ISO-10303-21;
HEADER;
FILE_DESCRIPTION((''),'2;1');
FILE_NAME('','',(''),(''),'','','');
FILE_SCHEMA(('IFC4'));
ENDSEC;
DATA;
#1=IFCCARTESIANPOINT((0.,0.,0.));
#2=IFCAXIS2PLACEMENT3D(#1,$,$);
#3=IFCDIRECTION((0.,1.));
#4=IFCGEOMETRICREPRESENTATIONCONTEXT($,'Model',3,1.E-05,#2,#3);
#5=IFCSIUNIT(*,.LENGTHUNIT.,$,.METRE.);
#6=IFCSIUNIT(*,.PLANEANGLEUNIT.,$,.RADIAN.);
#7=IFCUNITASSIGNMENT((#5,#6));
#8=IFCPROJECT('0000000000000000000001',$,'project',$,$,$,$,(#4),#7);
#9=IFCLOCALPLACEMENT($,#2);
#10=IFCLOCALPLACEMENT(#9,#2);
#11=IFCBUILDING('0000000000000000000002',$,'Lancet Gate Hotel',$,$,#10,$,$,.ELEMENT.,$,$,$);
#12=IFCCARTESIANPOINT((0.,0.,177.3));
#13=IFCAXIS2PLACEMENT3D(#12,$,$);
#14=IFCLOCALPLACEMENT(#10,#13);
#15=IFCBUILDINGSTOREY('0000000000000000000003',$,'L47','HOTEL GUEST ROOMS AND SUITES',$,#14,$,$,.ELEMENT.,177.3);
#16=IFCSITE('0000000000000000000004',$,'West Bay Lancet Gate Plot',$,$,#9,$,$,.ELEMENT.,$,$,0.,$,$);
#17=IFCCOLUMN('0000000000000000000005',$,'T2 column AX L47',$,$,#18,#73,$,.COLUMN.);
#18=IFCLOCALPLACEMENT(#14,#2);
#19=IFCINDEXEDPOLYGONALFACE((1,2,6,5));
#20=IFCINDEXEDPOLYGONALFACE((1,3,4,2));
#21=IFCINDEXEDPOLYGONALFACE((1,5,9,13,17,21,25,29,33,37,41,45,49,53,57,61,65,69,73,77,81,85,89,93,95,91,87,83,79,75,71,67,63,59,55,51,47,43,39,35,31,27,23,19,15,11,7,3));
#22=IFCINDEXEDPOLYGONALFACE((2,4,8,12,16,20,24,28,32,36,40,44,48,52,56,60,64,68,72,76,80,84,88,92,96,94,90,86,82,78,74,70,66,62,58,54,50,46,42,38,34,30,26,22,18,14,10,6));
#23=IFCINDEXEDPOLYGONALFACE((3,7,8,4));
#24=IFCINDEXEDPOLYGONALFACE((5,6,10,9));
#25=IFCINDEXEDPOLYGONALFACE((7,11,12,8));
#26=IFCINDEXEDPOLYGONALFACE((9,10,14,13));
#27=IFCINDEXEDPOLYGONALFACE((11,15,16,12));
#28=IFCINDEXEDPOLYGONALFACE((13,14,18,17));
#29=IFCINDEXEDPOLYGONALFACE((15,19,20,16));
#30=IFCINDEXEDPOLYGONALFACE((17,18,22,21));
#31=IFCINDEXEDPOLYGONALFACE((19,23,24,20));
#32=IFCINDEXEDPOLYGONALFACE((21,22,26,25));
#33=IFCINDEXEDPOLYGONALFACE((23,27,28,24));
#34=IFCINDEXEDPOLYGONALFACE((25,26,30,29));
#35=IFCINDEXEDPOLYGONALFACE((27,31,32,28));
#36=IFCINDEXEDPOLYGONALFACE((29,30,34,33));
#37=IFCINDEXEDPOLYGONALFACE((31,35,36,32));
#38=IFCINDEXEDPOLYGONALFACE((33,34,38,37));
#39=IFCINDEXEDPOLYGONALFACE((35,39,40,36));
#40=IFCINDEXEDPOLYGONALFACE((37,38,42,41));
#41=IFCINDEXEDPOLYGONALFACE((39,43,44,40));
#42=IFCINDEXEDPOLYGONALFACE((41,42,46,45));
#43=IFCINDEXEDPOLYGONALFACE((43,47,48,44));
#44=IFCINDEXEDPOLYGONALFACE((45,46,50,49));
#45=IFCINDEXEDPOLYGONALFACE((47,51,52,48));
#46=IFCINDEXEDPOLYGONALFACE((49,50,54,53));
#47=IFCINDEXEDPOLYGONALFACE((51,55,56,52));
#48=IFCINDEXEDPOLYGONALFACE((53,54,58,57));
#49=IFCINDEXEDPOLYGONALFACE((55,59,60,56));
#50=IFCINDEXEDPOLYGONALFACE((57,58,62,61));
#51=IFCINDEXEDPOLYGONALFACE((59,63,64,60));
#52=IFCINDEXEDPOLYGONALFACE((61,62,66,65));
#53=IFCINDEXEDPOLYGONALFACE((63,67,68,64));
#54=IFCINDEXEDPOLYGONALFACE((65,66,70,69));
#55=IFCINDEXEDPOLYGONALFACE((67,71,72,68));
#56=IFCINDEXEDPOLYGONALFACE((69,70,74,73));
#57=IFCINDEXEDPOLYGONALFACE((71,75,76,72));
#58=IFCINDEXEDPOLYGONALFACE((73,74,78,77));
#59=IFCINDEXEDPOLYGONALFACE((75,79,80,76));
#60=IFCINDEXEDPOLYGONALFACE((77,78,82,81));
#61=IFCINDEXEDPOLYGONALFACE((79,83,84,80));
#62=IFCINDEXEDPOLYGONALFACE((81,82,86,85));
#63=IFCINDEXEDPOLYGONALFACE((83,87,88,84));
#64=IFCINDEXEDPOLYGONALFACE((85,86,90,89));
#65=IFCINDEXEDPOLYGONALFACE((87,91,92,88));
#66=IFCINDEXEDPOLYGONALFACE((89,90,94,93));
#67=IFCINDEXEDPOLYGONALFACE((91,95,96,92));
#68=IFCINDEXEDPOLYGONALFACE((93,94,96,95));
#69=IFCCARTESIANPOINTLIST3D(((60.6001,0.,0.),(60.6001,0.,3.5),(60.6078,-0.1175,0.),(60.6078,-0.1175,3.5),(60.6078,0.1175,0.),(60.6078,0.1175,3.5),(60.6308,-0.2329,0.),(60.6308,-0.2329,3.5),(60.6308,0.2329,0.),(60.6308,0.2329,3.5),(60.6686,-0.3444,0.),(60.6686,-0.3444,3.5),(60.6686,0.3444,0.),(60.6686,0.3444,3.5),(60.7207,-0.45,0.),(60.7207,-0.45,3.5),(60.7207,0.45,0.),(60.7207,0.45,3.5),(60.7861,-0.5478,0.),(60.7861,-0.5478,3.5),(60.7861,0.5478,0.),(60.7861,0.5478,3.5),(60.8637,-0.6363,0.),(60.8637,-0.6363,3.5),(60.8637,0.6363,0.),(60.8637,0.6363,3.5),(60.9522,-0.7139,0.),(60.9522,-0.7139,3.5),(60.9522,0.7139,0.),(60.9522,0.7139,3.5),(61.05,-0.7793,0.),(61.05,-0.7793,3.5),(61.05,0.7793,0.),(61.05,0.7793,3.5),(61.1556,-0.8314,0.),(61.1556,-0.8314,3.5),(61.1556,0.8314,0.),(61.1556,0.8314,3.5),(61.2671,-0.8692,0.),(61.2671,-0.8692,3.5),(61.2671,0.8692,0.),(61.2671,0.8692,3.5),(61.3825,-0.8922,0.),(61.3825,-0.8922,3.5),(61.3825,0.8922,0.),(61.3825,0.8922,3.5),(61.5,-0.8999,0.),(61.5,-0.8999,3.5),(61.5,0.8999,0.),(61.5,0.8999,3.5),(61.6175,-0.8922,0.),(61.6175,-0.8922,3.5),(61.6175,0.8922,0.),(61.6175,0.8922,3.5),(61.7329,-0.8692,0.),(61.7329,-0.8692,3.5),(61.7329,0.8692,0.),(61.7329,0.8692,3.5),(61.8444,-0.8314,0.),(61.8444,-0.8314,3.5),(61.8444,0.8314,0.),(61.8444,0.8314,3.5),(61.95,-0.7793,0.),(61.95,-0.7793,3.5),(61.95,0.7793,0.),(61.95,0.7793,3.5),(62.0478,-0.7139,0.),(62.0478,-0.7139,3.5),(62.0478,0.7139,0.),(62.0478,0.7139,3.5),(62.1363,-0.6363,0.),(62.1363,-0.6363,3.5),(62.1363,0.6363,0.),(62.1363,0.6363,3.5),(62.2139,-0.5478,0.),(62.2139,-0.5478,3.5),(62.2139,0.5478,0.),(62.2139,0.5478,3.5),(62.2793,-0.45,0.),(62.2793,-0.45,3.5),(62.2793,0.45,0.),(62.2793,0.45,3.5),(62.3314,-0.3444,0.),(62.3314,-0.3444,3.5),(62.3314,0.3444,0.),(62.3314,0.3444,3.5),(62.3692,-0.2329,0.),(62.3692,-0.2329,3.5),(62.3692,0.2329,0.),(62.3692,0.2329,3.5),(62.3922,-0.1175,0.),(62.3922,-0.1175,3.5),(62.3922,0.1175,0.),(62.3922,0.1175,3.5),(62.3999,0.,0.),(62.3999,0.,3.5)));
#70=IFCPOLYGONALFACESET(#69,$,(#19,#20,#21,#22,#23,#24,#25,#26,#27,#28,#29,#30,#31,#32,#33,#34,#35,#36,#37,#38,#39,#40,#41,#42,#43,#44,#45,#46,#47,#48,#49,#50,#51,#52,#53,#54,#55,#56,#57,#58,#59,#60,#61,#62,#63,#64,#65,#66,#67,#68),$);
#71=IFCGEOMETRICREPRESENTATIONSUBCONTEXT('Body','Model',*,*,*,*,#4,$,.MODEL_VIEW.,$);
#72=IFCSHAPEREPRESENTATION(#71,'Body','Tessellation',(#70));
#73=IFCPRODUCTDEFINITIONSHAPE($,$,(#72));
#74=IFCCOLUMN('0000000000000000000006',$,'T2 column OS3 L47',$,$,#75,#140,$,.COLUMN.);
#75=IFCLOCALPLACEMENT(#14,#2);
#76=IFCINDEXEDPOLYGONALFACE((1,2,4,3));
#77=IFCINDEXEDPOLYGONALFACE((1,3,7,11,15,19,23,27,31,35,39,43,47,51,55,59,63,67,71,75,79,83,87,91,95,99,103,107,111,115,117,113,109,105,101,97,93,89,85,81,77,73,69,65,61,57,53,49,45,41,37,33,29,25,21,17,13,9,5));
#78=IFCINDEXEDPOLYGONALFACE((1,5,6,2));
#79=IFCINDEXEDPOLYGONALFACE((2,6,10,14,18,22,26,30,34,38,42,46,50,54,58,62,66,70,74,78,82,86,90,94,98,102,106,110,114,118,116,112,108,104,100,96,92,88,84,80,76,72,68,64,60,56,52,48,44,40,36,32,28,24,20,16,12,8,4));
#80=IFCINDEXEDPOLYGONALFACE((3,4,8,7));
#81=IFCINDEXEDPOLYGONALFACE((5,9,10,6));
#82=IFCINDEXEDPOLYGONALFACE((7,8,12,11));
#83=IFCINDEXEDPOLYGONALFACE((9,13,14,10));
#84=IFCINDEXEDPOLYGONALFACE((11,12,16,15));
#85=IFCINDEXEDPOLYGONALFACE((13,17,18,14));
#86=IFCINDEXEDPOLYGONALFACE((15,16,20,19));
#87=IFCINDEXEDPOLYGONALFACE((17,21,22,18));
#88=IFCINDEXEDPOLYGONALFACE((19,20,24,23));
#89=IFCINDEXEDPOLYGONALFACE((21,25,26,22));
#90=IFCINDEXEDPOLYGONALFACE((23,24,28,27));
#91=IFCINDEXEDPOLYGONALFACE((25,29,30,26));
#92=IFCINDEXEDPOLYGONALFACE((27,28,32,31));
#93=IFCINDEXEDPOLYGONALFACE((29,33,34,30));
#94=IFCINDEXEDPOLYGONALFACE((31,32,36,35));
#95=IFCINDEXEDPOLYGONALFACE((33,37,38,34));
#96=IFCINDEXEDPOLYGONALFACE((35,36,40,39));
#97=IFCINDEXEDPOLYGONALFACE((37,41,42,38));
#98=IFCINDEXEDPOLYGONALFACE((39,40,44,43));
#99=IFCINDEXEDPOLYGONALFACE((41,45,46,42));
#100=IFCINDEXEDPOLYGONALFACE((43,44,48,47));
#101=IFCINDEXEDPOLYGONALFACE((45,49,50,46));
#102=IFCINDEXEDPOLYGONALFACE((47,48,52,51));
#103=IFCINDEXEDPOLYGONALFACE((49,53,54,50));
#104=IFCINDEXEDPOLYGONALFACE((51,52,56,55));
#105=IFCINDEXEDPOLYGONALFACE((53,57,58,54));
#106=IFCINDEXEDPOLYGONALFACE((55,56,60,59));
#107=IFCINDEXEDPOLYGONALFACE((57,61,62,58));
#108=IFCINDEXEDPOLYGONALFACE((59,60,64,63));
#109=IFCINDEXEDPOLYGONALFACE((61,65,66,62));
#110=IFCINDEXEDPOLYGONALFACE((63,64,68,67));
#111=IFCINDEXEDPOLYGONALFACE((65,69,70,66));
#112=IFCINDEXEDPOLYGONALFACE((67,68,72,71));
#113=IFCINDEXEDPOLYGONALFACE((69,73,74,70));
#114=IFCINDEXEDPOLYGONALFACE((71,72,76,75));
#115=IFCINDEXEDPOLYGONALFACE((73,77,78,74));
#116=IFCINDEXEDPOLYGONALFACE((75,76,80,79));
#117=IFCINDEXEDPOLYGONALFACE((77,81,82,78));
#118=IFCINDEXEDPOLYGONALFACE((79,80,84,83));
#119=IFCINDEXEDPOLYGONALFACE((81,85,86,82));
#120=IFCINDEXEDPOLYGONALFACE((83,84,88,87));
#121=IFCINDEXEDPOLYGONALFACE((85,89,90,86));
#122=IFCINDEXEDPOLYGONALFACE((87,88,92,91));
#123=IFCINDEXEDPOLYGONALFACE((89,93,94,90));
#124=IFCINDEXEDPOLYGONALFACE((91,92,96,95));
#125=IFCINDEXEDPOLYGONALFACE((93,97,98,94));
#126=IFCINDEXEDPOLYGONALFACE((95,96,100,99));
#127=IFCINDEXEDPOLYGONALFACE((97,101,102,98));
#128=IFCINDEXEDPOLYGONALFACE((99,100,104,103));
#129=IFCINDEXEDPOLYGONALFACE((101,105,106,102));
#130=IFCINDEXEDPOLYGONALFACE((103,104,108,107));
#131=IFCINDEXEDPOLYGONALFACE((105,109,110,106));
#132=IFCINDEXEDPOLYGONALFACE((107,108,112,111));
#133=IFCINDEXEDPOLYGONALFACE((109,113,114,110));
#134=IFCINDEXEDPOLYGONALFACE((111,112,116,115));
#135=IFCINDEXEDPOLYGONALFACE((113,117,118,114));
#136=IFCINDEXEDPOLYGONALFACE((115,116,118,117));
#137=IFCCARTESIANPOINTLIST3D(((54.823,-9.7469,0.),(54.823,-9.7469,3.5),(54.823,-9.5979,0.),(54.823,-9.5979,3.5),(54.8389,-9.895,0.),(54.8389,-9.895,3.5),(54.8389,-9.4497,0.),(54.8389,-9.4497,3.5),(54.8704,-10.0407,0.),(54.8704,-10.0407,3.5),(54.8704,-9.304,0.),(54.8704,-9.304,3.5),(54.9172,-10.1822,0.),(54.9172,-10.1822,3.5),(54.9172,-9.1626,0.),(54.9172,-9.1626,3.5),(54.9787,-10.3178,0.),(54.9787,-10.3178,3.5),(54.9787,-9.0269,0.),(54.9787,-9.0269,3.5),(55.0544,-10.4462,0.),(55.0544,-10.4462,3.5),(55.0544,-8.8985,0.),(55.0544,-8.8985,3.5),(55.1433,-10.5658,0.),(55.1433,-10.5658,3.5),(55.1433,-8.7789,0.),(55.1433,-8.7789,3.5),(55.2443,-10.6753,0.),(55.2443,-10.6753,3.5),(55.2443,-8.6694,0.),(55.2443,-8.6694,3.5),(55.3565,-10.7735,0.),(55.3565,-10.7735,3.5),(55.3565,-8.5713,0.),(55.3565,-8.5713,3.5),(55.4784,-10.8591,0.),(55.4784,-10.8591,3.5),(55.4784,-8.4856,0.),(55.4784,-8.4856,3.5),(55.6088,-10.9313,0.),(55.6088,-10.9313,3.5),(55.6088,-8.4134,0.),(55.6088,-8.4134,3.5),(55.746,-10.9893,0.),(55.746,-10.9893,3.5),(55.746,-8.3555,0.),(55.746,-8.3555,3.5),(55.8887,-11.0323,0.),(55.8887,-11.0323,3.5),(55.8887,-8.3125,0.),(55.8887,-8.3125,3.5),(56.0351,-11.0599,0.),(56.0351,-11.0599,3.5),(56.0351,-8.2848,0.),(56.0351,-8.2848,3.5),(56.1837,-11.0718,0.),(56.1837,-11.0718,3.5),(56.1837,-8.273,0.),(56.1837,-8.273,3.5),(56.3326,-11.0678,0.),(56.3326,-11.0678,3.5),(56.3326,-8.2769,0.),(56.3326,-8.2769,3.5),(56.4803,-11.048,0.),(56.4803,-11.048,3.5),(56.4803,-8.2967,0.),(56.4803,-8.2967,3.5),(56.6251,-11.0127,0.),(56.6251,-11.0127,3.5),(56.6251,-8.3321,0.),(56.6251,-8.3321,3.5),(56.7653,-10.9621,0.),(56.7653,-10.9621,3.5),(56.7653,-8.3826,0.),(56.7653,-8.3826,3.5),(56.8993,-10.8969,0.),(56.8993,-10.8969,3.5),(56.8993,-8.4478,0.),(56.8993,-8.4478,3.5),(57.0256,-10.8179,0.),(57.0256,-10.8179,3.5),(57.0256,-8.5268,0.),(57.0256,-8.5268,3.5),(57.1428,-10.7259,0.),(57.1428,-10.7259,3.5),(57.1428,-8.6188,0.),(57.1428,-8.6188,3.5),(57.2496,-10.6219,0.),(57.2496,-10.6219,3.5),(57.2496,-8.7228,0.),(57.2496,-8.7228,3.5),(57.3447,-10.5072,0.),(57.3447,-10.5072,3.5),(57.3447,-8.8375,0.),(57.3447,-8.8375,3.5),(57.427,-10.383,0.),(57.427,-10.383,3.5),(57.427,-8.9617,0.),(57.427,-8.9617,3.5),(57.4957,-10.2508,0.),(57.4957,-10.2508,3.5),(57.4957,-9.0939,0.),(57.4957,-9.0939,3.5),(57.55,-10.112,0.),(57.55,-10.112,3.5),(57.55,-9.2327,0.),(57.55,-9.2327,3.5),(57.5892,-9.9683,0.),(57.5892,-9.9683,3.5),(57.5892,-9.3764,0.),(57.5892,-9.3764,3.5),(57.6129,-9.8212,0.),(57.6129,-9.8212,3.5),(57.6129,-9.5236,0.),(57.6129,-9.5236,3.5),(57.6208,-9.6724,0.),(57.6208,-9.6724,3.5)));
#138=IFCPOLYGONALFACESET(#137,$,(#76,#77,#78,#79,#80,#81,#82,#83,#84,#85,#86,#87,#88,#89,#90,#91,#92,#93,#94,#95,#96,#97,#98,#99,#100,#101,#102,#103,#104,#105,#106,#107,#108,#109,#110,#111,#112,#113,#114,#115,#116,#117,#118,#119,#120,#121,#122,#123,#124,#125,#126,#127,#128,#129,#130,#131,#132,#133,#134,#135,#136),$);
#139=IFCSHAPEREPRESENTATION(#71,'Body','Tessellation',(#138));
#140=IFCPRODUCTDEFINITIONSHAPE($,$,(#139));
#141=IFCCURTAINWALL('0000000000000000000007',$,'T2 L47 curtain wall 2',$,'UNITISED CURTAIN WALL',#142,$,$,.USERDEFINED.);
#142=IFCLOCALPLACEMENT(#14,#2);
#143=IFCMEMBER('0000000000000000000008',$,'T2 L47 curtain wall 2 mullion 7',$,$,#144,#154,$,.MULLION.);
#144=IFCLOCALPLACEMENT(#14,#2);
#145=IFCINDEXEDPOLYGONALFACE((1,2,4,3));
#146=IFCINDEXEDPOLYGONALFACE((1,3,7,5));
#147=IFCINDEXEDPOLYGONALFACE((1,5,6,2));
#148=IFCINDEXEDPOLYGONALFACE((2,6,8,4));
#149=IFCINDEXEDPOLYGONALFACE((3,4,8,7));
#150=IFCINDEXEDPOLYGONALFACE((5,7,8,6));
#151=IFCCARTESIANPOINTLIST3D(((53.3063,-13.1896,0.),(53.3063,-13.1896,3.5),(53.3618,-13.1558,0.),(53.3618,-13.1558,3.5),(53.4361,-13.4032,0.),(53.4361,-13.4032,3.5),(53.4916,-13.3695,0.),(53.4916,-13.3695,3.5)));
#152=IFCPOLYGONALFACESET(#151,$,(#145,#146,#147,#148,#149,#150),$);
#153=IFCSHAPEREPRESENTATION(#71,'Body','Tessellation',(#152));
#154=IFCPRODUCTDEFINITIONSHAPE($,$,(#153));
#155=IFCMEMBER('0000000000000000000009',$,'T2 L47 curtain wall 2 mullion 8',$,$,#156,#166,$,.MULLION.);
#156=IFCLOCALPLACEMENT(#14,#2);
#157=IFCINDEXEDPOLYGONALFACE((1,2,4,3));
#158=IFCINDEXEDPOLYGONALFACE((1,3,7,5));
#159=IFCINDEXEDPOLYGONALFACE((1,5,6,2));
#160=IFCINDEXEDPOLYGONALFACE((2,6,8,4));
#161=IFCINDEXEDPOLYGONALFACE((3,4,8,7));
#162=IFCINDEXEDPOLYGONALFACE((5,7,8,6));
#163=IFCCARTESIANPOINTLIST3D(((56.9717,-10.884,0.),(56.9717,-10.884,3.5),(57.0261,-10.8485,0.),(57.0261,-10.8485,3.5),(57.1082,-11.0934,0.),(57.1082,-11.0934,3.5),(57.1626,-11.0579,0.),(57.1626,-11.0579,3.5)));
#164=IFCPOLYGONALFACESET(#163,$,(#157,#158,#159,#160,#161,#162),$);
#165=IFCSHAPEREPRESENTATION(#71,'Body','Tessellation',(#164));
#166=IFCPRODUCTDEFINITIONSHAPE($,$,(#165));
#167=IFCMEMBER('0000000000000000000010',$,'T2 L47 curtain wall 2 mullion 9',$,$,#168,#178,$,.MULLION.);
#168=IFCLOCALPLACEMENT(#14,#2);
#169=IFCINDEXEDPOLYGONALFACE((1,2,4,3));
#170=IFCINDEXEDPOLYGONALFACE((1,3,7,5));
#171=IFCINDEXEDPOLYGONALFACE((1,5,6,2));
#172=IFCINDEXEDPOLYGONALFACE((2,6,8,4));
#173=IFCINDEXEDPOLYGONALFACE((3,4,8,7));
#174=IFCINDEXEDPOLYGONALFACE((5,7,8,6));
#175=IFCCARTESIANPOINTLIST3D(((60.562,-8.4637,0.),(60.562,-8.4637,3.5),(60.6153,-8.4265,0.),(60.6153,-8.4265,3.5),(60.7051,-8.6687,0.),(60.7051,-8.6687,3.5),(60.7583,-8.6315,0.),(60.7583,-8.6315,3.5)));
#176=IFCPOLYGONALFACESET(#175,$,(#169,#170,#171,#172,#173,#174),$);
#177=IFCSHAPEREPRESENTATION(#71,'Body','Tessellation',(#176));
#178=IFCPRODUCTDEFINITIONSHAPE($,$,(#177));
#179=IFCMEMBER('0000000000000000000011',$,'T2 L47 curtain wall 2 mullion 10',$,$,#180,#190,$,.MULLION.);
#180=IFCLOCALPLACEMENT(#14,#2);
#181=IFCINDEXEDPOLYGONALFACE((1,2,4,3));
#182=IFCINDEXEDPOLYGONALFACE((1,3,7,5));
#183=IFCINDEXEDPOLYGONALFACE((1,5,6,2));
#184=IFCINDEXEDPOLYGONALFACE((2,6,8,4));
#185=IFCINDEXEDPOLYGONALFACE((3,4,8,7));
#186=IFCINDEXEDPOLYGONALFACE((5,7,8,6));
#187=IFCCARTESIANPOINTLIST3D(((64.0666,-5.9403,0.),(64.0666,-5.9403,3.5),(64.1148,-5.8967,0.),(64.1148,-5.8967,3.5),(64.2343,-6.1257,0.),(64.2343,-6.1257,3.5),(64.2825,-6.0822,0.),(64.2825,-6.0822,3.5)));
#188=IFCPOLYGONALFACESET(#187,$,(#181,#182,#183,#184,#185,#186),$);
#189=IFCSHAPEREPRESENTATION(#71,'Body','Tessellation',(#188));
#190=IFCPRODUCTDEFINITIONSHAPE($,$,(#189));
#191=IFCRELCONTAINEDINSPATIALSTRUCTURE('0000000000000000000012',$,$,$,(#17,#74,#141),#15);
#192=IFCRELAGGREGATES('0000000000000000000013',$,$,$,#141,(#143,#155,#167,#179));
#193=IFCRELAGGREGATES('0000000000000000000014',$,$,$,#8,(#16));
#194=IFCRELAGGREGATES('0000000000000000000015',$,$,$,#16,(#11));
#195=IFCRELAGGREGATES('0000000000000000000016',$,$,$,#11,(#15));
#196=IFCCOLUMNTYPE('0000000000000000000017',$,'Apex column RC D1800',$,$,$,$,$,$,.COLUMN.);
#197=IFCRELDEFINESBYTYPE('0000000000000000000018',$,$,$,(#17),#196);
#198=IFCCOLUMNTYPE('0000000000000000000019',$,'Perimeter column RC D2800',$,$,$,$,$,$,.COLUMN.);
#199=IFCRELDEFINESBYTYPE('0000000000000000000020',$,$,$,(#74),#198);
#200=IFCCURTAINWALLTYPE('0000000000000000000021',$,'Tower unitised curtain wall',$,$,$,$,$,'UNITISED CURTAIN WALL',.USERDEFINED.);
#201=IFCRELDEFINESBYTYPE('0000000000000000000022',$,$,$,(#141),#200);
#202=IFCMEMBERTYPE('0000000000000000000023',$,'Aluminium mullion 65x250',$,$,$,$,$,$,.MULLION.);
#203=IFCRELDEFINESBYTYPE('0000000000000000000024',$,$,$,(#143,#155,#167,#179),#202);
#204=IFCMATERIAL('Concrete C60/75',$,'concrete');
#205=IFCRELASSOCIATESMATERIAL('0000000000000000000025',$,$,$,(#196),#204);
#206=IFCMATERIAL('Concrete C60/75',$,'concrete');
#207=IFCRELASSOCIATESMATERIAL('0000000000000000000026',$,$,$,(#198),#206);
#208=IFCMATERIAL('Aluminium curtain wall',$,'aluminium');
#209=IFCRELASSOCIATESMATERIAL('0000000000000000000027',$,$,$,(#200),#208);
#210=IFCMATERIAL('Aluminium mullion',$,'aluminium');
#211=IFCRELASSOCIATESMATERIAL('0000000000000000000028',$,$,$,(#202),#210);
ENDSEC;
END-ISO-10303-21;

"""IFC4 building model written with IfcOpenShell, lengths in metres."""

from ifc_helpers import new_model, si_unit, direction, frame, origin, origin_2d, place, context, subcontext, project, spatial, rectangle, circle, extrude, material, material_profile, profile_set, type_object, element, aggregate, save


model = new_model("IFC4")

# Units and contexts
model_context = context("Model", 3, precision=1e-05, world=origin(), true_north=direction((0.0, 1.0)))
body_context = subcontext(model_context, "Body", "Model", "MODEL_VIEW")
ifc_project = project(units=[si_unit("LENGTHUNIT", "METRE"), si_unit("PLANEANGLEUNIT", "RADIAN")], contexts=[model_context])

# Site, building, storey
site_placement = place(None, origin())
site = spatial("IfcSite", under=ifc_project, at=site_placement, Name="West Bay Lancet Gate Plot", CompositionType="ELEMENT", RefElevation=0.0)
building_placement = place(site_placement, origin())
building = spatial("IfcBuilding", under=site, at=building_placement, Name="Lancet Gate Hotel", CompositionType="ELEMENT")
storey_placement = place(building_placement, frame((0.0, 0.0, 177.3)))
storey = spatial("IfcBuildingStorey", under=building, at=storey_placement, Name="L47", Description="HOTEL GUEST ROOMS AND SUITES", CompositionType="ELEMENT", Elevation=177.3)

# Columns
ifc_material_1 = material(Name="Concrete C60/75", Category="concrete")
ifc_material_profile_1 = material_profile(ifc_material_1, circle(Radius=0.8999, at=origin_2d()), Name="RC D1800")
ifc_profile_set_1 = profile_set([ifc_material_profile_1], Name="Concrete C60/75")
column_type_1 = type_object("IfcColumnType", Name="Apex column RC D1800", PredefinedType="COLUMN", material=ifc_profile_set_1)
column_1_placement = place(storey_placement, frame((61.5, 0.0, 0.0), z_axis=(0.0, 0.0, 1.0), x_axis=(1.0, 0.0, 0.0)))
element("IfcColumn", 1, at=column_1_placement, inside=storey, type_object=column_type_1, Name="T2 column AX L47", PredefinedType="COLUMN", context=body_context, shape_type="SweptSolid", body=[
    extrude(circle(Radius=0.8999, at=origin_2d()), origin(), (0.0, 0.0, 1.0), 3.5),
])
ifc_material_2 = material(Name="Concrete C60/75", Category="concrete")
ifc_material_profile_2 = material_profile(ifc_material_2, circle(Radius=1.3999, at=origin_2d()), Name="RC D2800")
ifc_profile_set_2 = profile_set([ifc_material_profile_2], Name="Concrete C60/75")
column_type_2 = type_object("IfcColumnType", Name="Perimeter column RC D2800", PredefinedType="COLUMN", material=ifc_profile_set_2)
column_2_placement = place(storey_placement, frame((56.2209, -9.6724, 0.0), z_axis=(0.0, 0.0, 1.0), x_axis=(1.0, 0.0, 0.0)))
element("IfcColumn", 2, at=column_2_placement, inside=storey, type_object=column_type_2, Name="T2 column OS3 L47", PredefinedType="COLUMN", context=body_context, shape_type="SweptSolid", body=[
    extrude(circle(Radius=1.3999, at=origin_2d()), origin(), (0.0, 0.0, 1.0), 3.5),
])

# Curtain wall, members
ifc_material_3 = material(Name="Aluminium curtain wall", Category="aluminium")
curtain_wall_type = type_object("IfcCurtainWallType", Name="Tower unitised curtain wall", ElementType="UNITISED CURTAIN WALL", PredefinedType="USERDEFINED", material=ifc_material_3)
curtain_wall_placement = place(storey_placement, origin())
curtain_wall = element("IfcCurtainWall", 3, at=curtain_wall_placement, inside=storey, type_object=curtain_wall_type, Name="T2 L47 curtain wall 2", ObjectType="UNITISED CURTAIN WALL", PredefinedType="USERDEFINED")
ifc_material_4 = material(Name="Aluminium mullion", Category="aluminium")
ifc_material_profile_3 = material_profile(ifc_material_4, rectangle(XDim=0.0649, YDim=0.25, at=origin_2d()), Name="MULLION 65x250")
ifc_profile_set_3 = profile_set([ifc_material_profile_3], Name="Aluminium mullion")
member_type_1 = type_object("IfcMemberType", Name="Aluminium mullion 65x250", PredefinedType="MULLION", material=ifc_profile_set_3)
member_1_placement = place(storey_placement, frame((53.3989, -13.2795, 0.0), z_axis=(0.0, 0.0, 1.0), x_axis=(0.854691, 0.519137, 0.0)))
member_1 = element("IfcMember", 4, at=member_1_placement, type_object=member_type_1, Name="T2 L47 curtain wall 2 mullion 7", PredefinedType="MULLION", context=body_context, shape_type="SweptSolid", body=[
    extrude(rectangle(XDim=0.0649, YDim=0.25, at=origin_2d()), origin(), (0.0, 0.0, 1.0), 3.5),
])
member_2_placement = place(storey_placement, frame((57.0671, -10.9709, 0.0), z_axis=(0.0, 0.0, 1.0), x_axis=(0.837801, 0.545976, 0.0)))
member_2 = element("IfcMember", 5, at=member_2_placement, type_object=member_type_1, Name="T2 L47 curtain wall 2 mullion 8", PredefinedType="MULLION", context=body_context, shape_type="SweptSolid", body=[
    extrude(rectangle(XDim=0.0649, YDim=0.25, at=origin_2d()), origin(), (0.0, 0.0, 1.0), 3.5),
])
member_3_placement = place(storey_placement, frame((60.6602, -8.5476, 0.0), z_axis=(0.0, 0.0, 1.0), x_axis=(0.820068, 0.572266, 0.0)))
member_3 = element("IfcMember", 6, at=member_3_placement, type_object=member_type_1, Name="T2 L47 curtain wall 2 mullion 9", PredefinedType="MULLION", context=body_context, shape_type="SweptSolid", body=[
    extrude(rectangle(XDim=0.0649, YDim=0.25, at=origin_2d()), origin(), (0.0, 0.0, 1.0), 3.5),
])
member_4_placement = place(storey_placement, frame((64.1746, -6.0112, 0.0), z_axis=(0.0, 0.0, 1.0), x_axis=(0.741693, 0.670739, 0.0)))
member_4 = element("IfcMember", 7, at=member_4_placement, type_object=member_type_1, Name="T2 L47 curtain wall 2 mullion 10", PredefinedType="MULLION", context=body_context, shape_type="SweptSolid", body=[
    extrude(rectangle(XDim=0.0649, YDim=0.25, at=origin_2d()), origin(), (0.0, 0.0, 1.0), 3.5),
])

aggregate(curtain_wall, [member_1, member_2, member_3, member_4])

save(model, "model.ifc")
